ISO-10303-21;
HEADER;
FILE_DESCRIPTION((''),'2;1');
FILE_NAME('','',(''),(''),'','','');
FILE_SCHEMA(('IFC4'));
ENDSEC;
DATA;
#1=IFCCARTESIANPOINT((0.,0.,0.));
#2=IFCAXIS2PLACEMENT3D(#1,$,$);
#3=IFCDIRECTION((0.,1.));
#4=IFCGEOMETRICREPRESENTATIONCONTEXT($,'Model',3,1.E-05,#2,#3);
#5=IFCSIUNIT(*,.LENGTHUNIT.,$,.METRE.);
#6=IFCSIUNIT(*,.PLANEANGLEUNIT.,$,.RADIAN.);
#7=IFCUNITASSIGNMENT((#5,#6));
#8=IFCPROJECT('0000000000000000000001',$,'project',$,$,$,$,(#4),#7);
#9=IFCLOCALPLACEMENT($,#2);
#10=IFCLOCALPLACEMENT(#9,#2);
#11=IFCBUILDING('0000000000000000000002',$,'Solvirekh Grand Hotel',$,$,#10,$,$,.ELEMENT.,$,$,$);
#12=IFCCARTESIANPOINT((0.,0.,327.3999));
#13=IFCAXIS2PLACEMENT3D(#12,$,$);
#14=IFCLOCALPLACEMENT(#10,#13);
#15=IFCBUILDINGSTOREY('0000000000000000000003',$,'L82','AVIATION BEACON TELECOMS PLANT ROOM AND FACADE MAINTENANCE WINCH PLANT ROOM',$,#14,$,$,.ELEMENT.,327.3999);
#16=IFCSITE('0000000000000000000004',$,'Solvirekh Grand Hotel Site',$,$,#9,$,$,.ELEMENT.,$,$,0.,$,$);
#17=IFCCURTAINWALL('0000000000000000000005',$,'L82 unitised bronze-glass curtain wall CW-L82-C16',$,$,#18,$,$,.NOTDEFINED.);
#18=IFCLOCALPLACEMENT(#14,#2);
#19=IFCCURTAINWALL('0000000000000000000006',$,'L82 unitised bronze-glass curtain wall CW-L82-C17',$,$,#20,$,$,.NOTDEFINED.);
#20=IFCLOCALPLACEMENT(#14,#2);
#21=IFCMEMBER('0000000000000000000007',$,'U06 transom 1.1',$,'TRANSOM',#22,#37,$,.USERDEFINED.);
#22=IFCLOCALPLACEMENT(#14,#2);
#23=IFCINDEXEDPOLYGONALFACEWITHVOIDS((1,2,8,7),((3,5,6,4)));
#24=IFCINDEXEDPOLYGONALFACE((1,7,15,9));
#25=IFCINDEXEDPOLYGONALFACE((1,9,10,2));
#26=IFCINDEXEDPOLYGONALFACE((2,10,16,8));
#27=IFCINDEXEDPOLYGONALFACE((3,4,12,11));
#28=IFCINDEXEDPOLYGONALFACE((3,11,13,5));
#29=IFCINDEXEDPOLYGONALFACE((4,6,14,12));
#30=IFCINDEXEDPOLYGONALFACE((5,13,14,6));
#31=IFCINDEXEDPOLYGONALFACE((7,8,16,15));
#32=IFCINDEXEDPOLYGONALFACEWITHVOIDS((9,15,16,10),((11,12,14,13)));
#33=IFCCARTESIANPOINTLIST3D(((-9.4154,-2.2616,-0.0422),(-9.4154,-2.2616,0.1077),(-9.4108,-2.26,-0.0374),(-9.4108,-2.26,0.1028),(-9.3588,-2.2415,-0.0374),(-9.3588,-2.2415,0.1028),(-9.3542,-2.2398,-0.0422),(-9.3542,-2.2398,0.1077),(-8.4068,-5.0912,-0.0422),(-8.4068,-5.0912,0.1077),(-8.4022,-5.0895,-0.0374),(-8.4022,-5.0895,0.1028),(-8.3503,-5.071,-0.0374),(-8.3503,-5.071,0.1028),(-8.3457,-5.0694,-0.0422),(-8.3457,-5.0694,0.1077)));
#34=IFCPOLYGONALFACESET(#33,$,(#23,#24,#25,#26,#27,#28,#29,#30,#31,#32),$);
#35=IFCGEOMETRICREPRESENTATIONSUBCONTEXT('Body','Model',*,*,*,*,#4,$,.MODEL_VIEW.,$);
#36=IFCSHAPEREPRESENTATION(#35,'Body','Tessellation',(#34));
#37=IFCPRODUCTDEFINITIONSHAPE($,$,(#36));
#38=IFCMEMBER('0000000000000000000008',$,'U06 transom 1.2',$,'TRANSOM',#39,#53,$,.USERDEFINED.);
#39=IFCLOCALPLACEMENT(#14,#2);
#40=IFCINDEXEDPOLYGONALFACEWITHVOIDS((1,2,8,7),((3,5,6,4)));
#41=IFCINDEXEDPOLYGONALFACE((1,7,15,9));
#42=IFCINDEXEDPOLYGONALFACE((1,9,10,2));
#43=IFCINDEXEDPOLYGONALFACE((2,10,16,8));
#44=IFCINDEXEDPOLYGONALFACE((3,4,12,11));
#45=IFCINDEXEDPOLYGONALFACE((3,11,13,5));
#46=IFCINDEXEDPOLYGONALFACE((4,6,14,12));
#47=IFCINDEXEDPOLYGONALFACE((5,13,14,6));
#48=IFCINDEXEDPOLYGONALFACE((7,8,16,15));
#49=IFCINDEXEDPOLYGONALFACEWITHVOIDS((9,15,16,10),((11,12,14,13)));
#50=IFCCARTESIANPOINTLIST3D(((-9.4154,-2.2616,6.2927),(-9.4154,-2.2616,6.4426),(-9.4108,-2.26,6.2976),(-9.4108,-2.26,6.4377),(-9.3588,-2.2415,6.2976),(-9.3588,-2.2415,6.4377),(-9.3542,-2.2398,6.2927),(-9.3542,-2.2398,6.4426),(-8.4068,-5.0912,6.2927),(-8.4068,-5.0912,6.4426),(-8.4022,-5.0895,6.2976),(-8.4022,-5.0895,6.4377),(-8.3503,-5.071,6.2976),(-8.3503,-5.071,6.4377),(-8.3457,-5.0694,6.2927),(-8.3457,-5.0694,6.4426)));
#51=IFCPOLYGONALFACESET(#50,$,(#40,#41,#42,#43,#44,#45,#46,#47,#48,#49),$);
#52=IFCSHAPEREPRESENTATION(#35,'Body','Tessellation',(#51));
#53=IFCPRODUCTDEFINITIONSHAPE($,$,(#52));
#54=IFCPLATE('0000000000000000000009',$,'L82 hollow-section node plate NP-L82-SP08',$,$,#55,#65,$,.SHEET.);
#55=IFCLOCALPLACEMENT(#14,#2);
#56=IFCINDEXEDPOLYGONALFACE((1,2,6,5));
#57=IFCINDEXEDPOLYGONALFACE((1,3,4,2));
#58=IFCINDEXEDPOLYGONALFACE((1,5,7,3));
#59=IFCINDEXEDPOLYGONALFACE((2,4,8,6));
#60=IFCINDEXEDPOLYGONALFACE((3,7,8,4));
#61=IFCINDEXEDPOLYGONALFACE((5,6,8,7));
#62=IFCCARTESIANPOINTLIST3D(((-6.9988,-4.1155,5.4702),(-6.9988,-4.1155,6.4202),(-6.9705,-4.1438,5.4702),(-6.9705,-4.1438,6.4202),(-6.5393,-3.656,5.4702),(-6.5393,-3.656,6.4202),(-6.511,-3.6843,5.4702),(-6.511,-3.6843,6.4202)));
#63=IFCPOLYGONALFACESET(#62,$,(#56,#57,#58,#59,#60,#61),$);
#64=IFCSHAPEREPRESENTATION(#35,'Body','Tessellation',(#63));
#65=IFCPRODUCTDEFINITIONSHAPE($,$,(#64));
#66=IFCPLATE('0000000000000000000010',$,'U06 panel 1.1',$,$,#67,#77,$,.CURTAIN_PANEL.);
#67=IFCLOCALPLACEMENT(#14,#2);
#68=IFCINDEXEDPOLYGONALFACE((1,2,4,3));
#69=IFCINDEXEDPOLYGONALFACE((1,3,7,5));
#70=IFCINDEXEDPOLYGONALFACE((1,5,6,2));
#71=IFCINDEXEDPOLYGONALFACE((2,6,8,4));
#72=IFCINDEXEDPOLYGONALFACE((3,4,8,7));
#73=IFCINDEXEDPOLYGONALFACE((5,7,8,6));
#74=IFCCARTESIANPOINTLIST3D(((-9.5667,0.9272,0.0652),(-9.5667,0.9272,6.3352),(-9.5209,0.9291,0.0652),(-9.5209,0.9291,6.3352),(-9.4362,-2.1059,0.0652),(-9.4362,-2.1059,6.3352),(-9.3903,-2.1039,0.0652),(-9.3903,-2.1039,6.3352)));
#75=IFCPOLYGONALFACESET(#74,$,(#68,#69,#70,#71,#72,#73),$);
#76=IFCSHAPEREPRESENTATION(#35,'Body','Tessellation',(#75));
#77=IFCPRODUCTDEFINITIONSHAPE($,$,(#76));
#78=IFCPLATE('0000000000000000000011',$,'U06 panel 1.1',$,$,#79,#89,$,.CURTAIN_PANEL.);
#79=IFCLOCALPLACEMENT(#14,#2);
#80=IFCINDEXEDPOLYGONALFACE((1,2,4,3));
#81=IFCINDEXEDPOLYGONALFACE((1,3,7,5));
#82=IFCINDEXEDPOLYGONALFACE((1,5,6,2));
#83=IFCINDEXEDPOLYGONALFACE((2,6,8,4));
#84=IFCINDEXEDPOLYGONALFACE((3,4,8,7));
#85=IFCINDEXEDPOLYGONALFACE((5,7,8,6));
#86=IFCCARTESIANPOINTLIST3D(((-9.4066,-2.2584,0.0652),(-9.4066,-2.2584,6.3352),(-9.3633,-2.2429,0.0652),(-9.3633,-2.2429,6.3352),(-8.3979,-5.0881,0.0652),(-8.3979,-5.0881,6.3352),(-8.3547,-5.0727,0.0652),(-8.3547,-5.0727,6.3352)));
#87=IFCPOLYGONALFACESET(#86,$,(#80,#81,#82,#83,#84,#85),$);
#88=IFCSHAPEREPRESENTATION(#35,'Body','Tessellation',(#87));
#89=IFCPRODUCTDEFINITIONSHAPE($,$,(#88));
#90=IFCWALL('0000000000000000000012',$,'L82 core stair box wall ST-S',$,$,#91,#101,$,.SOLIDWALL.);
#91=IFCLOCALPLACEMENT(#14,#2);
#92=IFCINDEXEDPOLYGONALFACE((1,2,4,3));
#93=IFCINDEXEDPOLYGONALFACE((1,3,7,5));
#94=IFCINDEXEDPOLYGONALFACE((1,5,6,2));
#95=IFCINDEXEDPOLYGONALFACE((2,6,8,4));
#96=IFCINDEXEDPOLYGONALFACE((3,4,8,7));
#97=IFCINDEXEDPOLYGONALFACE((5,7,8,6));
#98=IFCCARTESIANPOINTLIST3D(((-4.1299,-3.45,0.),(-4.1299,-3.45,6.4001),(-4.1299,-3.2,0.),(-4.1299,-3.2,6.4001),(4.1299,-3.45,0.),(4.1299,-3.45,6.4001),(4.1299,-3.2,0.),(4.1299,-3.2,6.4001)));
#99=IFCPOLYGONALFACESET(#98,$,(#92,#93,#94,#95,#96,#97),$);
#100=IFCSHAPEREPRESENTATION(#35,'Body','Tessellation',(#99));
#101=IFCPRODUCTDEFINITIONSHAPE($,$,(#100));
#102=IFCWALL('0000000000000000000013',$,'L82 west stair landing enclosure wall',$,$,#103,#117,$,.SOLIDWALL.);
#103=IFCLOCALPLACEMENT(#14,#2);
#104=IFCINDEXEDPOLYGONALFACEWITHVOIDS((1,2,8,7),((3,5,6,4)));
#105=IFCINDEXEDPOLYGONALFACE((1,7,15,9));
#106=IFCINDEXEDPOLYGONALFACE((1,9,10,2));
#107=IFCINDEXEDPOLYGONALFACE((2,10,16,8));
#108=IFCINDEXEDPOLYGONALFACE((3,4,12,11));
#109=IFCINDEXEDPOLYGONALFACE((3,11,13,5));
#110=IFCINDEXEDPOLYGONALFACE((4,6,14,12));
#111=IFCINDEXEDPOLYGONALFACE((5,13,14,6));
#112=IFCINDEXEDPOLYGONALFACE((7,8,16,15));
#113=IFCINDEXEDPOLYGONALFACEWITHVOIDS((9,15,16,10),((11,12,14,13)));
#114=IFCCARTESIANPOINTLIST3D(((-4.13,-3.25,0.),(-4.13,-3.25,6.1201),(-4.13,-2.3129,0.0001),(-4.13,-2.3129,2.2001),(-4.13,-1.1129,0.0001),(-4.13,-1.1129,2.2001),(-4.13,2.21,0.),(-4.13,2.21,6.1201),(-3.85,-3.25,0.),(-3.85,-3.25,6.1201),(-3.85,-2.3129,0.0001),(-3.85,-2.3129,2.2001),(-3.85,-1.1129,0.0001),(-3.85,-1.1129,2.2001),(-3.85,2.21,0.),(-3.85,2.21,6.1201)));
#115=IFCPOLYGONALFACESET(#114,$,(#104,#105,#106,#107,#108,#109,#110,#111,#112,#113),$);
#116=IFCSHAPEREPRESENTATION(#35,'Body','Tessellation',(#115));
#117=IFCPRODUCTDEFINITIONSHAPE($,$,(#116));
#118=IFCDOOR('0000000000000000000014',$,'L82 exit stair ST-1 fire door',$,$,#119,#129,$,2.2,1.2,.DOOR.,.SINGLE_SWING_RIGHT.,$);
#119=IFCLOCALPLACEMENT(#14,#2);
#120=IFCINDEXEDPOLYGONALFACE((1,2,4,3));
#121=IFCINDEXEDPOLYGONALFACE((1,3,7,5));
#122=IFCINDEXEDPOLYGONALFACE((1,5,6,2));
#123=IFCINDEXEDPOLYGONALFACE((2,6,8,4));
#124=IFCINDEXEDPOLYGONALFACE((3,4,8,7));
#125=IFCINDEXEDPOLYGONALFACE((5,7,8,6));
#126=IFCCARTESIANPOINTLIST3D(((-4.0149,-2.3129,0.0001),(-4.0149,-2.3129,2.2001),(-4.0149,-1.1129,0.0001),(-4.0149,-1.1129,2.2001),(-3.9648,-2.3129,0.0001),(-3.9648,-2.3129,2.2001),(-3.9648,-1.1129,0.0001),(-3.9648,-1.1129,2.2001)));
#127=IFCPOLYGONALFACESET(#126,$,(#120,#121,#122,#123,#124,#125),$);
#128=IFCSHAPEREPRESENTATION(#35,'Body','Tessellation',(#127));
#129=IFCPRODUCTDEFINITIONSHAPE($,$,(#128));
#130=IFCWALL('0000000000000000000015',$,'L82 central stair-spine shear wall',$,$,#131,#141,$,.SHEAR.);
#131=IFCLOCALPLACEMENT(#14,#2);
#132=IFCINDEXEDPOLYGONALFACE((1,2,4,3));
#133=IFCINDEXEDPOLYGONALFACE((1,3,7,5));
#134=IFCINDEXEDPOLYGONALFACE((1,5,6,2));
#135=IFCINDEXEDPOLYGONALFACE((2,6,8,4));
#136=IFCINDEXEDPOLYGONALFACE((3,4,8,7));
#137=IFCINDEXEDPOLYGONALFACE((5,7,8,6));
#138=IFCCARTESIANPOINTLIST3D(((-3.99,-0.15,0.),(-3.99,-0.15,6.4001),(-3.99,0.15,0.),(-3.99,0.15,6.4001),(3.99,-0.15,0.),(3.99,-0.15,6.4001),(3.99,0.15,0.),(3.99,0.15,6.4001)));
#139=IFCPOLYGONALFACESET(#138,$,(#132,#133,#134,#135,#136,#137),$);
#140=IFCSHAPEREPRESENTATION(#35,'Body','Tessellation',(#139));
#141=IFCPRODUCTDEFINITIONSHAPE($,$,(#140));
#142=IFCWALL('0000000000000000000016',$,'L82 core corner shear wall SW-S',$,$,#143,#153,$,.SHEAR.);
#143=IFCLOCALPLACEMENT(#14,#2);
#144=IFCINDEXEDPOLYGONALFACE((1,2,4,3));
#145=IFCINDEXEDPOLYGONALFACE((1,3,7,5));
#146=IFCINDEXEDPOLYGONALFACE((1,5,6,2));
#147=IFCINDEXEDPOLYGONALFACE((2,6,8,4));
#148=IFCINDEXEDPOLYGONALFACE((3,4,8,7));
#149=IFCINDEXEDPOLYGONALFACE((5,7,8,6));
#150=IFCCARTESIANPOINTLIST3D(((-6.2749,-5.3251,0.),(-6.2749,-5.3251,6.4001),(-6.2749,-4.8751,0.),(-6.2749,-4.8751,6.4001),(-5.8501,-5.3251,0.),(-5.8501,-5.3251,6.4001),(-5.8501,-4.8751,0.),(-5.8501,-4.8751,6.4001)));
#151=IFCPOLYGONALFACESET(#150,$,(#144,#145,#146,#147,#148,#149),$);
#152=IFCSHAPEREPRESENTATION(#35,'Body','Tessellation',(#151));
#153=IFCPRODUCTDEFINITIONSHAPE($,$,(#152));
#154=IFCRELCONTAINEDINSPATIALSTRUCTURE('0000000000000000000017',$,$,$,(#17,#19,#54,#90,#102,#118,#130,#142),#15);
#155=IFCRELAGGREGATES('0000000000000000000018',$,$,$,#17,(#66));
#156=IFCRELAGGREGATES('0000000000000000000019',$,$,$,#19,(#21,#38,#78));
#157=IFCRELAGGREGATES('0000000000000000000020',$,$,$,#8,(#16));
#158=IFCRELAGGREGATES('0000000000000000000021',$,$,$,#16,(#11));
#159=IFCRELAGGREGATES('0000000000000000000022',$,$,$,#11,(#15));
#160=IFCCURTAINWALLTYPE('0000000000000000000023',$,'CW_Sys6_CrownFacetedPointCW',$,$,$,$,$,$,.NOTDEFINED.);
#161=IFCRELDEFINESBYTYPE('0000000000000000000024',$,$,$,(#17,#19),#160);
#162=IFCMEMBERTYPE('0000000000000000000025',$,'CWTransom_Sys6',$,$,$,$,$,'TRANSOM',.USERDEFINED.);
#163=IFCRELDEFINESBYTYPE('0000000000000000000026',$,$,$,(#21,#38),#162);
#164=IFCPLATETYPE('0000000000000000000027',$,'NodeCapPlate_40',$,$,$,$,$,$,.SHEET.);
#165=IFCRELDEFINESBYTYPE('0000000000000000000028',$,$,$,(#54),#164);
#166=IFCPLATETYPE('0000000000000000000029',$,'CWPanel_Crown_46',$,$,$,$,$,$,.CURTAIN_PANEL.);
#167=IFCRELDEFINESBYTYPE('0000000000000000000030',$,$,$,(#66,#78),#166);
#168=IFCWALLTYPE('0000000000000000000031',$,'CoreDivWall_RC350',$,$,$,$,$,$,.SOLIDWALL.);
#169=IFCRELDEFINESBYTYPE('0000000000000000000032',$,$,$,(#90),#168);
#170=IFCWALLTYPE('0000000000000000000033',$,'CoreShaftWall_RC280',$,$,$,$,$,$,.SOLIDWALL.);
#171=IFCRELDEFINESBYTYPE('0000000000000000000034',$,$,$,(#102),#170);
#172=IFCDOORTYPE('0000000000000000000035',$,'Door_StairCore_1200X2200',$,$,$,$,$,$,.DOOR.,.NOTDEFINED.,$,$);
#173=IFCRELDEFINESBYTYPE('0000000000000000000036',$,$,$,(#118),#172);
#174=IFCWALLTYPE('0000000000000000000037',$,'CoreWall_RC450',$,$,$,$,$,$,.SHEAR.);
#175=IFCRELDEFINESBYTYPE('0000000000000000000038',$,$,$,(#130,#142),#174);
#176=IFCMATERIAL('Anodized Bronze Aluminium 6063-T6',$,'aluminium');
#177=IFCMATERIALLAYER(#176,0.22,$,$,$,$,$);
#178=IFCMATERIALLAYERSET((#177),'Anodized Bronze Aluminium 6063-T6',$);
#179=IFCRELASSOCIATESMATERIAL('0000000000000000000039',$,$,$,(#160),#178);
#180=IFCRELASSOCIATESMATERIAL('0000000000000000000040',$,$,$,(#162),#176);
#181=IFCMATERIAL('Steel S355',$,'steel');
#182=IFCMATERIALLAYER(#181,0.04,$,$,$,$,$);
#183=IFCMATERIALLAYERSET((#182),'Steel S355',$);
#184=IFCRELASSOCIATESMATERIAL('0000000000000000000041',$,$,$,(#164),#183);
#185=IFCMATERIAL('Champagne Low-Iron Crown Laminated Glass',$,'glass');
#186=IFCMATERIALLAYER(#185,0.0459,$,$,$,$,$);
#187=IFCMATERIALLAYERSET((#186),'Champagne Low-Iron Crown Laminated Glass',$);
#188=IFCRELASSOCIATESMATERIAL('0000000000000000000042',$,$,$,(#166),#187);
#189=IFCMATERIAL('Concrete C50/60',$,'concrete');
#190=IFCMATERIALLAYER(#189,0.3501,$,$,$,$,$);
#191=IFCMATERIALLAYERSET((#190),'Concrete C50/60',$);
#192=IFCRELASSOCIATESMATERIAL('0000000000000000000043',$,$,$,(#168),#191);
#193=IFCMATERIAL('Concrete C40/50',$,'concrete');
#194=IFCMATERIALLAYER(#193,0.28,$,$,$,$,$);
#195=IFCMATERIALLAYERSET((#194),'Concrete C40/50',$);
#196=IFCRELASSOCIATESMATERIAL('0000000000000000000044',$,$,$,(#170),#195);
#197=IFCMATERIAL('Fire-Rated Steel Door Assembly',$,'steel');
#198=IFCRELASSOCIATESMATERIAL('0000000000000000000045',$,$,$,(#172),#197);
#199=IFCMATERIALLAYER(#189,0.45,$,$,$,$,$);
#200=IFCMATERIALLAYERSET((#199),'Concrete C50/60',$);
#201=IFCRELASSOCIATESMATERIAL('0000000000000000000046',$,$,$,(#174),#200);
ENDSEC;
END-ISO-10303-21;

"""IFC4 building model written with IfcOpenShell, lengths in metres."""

from ifc_helpers import new_model, si_unit, direction, frame, frame_2d, origin, origin_2d, place, context, subcontext, project, spatial, rectangle, hollow_rectangle, extrude, source, transform, mapped, material, layer, layer_set, material_profile, profile_set, type_object, element, fill, aggregate, save


model = new_model("IFC4")

# Units and contexts
model_context = context("Model", 3, precision=1e-05, world=origin(), true_north=direction((0.0, 1.0)))
body_context = subcontext(model_context, "Body", "Model", "MODEL_VIEW")
ifc_project = project(units=[si_unit("LENGTHUNIT", "METRE"), si_unit("PLANEANGLEUNIT", "RADIAN")], contexts=[model_context])

# Site, building, storey
site_placement = place(None, origin())
site = spatial("IfcSite", under=ifc_project, at=site_placement, Name="Solvirekh Grand Hotel Site", CompositionType="ELEMENT", RefElevation=0.0)
building_placement = place(site_placement, origin())
building = spatial("IfcBuilding", under=site, at=building_placement, Name="Solvirekh Grand Hotel", CompositionType="ELEMENT")
storey_placement = place(building_placement, frame((0.0, 0.0, 327.3999)))
storey = spatial("IfcBuildingStorey", under=building, at=storey_placement, Name="L82", Description="AVIATION BEACON TELECOMS PLANT ROOM AND FACADE MAINTENANCE WINCH PLANT ROOM", CompositionType="ELEMENT", Elevation=327.3999)

# Shared definitions
ifc_material_1 = material(Name="Steel S355", Category="steel")

# Curtain wall
ifc_material_2 = material(Name="Anodized Bronze Aluminium 6063-T6", Category="aluminium")
ifc_layer_1 = layer(ifc_material_2, 0.22)
ifc_layer_set_1 = layer_set([ifc_layer_1], Name="Anodized Bronze Aluminium 6063-T6")
curtain_wall_type = type_object("IfcCurtainWallType", Name="CW_Sys6_CrownFacetedPointCW", PredefinedType="NOTDEFINED", material=ifc_layer_set_1)
curtain_wall_1_placement = place(storey_placement, origin())
curtain_wall_1 = element("IfcCurtainWall", 1, at=curtain_wall_1_placement, inside=storey, type_object=curtain_wall_type, Name="L82 unitised bronze-glass curtain wall CW-L82-C16", PredefinedType="NOTDEFINED")

# Curtain wall, members
curtain_wall_2_placement = place(storey_placement, origin())
curtain_wall_2 = element("IfcCurtainWall", 2, at=curtain_wall_2_placement, inside=storey, type_object=curtain_wall_type, Name="L82 unitised bronze-glass curtain wall CW-L82-C17", PredefinedType="NOTDEFINED")
ifc_material_profile_1 = material_profile(ifc_material_2, hollow_rectangle(XDim=0.0649, YDim=0.1499, WallThickness=0.0049, at=origin_2d()), Name="ALU RHS 150X65X5")
ifc_profile_set_1 = profile_set([ifc_material_profile_1], Name="Anodized Bronze Aluminium 6063-T6")
member_type_1 = type_object("IfcMemberType", Name="CWTransom_Sys6", ElementType="TRANSOM", PredefinedType="USERDEFINED", material=ifc_profile_set_1)
shared_shape_1 = source(origin(), body_context, "Body", "SweptSolid", [
    extrude(hollow_rectangle(XDim=0.0649, YDim=0.1499, WallThickness=0.0049, at=origin_2d()), origin(), (0.0, 0.0, 1.0), 3.0039),
])
member_1_placement = place(storey_placement, frame((-9.3848, -2.2507, 0.0327), z_axis=(0.335739, -0.941955, 0.0), x_axis=(0.941955, 0.335739, 0.0)))
member_1 = element("IfcMember", 3, at=member_1_placement, type_object=member_type_1, Name="U06 transom 1.1", ObjectType="TRANSOM", PredefinedType="USERDEFINED", context=body_context, shape_type="MappedRepresentation", body=[
    mapped(shared_shape_1, transform((0.0, 0.0, 0.0), x_axis=(1.0, 0.0, 0.0), y_axis=(0.0, 1.0, 0.0), z_axis=(0.0, 0.0, 1.0), scale=1.0)),
])
member_2_placement = place(storey_placement, frame((-9.3848, -2.2507, 6.3677), z_axis=(0.335739, -0.941955, 0.0), x_axis=(0.941955, 0.335739, 0.0)))
member_2 = element("IfcMember", 4, at=member_2_placement, type_object=member_type_1, Name="U06 transom 1.2", ObjectType="TRANSOM", PredefinedType="USERDEFINED", context=body_context, shape_type="MappedRepresentation", body=[
    mapped(shared_shape_1, transform((0.0, 0.0, 0.0), x_axis=(1.0, 0.0, 0.0), y_axis=(0.0, 1.0, 0.0), z_axis=(0.0, 0.0, 1.0), scale=1.0)),
])

# Plates
ifc_layer_2 = layer(ifc_material_1, 0.04)
ifc_layer_set_2 = layer_set([ifc_layer_2], Name="Steel S355")
plate_type_1 = type_object("IfcPlateType", Name="NodeCapPlate_40", PredefinedType="SHEET", material=ifc_layer_set_2)
plate_1_placement = place(storey_placement, frame((-6.7549, -3.8999, 5.4702), z_axis=(0.0, 0.0, 1.0), x_axis=(0.707107, -0.707107, 0.0)))
element("IfcPlate", 5, at=plate_1_placement, inside=storey, type_object=plate_type_1, Name="L82 hollow-section node plate NP-L82-SP08", PredefinedType="SHEET", context=body_context, shape_type="SweptSolid", body=[
    extrude(rectangle(XDim=0.04, YDim=0.6499, at=origin_2d()), origin(), (0.0, 0.0, 1.0), 0.95),
])
ifc_material_3 = material(Name="Champagne Low-Iron Crown Laminated Glass", Category="glass")
ifc_layer_3 = layer(ifc_material_3, 0.0459)
ifc_layer_set_3 = layer_set([ifc_layer_3], Name="Champagne Low-Iron Crown Laminated Glass")
plate_type_2 = type_object("IfcPlateType", Name="CWPanel_Crown_46", PredefinedType="CURTAIN_PANEL", material=ifc_layer_set_3)
shared_shape_2 = source(origin(), body_context, "Body", "SweptSolid", [
    extrude(rectangle(XDim=3.0359, YDim=0.0459, at=origin_2d()), origin(), (0.0, 0.0, 1.0), 6.27),
])
plate_2_placement = place(storey_placement, frame((-9.4785, -0.5884, 0.0652), z_axis=(0.0, 0.0, 1.0), x_axis=(0.043001, -0.999075, 0.0)))
plate_2 = element("IfcPlate", 6, at=plate_2_placement, type_object=plate_type_2, Name="U06 panel 1.1", PredefinedType="CURTAIN_PANEL", context=body_context, shape_type="MappedRepresentation", body=[
    mapped(shared_shape_2, transform((0.0, 0.0, 0.0), x_axis=(1.0, 0.0, 0.0), y_axis=(0.0, 1.0, 0.0), z_axis=(0.0, 0.0, 1.0), scale=1.0)),
])
aggregate(curtain_wall_1, [plate_2])
shared_shape_3 = source(origin(), body_context, "Body", "SweptSolid", [
    extrude(rectangle(XDim=3.0042, YDim=0.0459, at=origin_2d()), origin(), (0.0, 0.0, 1.0), 6.27),
])
plate_3_placement = place(storey_placement, frame((-8.8806, -3.6655, 0.0652), z_axis=(0.0, 0.0, 1.0), x_axis=(0.335754, -0.94195, 0.0)))
plate_3 = element("IfcPlate", 7, at=plate_3_placement, type_object=plate_type_2, Name="U06 panel 1.1", PredefinedType="CURTAIN_PANEL", context=body_context, shape_type="MappedRepresentation", body=[
    mapped(shared_shape_3, transform((0.0, 0.0, 0.0), x_axis=(1.0, 0.0, 0.0), y_axis=(0.0, 1.0, 0.0), z_axis=(0.0, 0.0, 1.0), scale=1.0)),
])
aggregate(curtain_wall_2, [member_1, member_2, plate_3])

# Wall
ifc_material_4 = material(Name="Concrete C50/60", Category="concrete")
ifc_layer_4 = layer(ifc_material_4, 0.3501)
ifc_layer_set_4 = layer_set([ifc_layer_4], Name="Concrete C50/60")
wall_type_1 = type_object("IfcWallType", Name="CoreDivWall_RC350", PredefinedType="SOLIDWALL", material=ifc_layer_set_4)
wall_1_placement = place(storey_placement, frame((-4.1299, -3.325, 0.0), z_axis=(0.0, 0.0, 1.0), x_axis=(1.0, 0.0, 0.0)))
element("IfcWall", 8, at=wall_1_placement, inside=storey, type_object=wall_type_1, Name="L82 core stair box wall ST-S", PredefinedType="SOLIDWALL", context=body_context, shape_type="SweptSolid", body=[
    extrude(rectangle(XDim=8.2598, YDim=0.25, at=frame_2d((4.1299, 0.0))), origin(), (0.0, 0.0, 1.0), 6.4001),
])

# Wall, opening, door
ifc_material_5 = material(Name="Concrete C40/50", Category="concrete")
ifc_layer_5 = layer(ifc_material_5, 0.28)
ifc_layer_set_5 = layer_set([ifc_layer_5], Name="Concrete C40/50")
wall_type_2 = type_object("IfcWallType", Name="CoreShaftWall_RC280", PredefinedType="SOLIDWALL", material=ifc_layer_set_5)
wall_2_placement = place(storey_placement, frame((-3.99, -3.25, 0.0), z_axis=(0.0, 0.0, 1.0), x_axis=(0.0, 1.0, 0.0)))
wall_2 = element("IfcWall", 9, at=wall_2_placement, inside=storey, type_object=wall_type_2, Name="L82 west stair landing enclosure wall", PredefinedType="SOLIDWALL", context=body_context, shape_type="SweptSolid", body=[
    extrude(rectangle(XDim=5.46, YDim=0.28, at=frame_2d((2.73, 0.0))), origin(), (0.0, 0.0, 1.0), 6.1201),
])
opening_1_placement = place(wall_2_placement, frame((0.937, 0.0, 0.0)))
opening_1 = element("IfcOpeningElement", 10, at=opening_1_placement, cuts=wall_2, PredefinedType="OPENING", context=body_context, shape_type="SweptSolid", body=[
    extrude(rectangle(XDim=1.2, YDim=2.2, at=frame_2d((0.6001, 1.1001))), frame((0.0, 0.1499, 0.0), z_axis=(0.0, -1.0, 0.0), x_axis=(1.0, 0.0, 0.0)), (0.0, 0.0, 1.0), 0.3),
])
ifc_material_6 = material(Name="Fire-Rated Steel Door Assembly", Category="steel")
door_type_1 = type_object("IfcDoorType", Name="Door_StairCore_1200X2200", OperationType="NOTDEFINED", PredefinedType="DOOR", material=ifc_material_6)
door_1_placement = place(opening_1_placement, origin())
door_1 = element("IfcDoor", 11, at=door_1_placement, inside=storey, type_object=door_type_1, Name="L82 exit stair ST-1 fire door", OperationType="SINGLE_SWING_RIGHT", OverallHeight=2.2, OverallWidth=1.2, PredefinedType="DOOR", context=body_context, shape_type="SweptSolid", body=[
    extrude(rectangle(XDim=1.2, YDim=2.2, at=frame_2d((0.6001, 1.1001))), frame((0.0, 0.0249, 0.0), z_axis=(0.0, -1.0, 0.0), x_axis=(1.0, 0.0, 0.0)), (0.0, 0.0, 1.0), 0.05),
])
fill(opening_1, door_1)

# Walls
ifc_layer_6 = layer(ifc_material_4, 0.45)
ifc_layer_set_6 = layer_set([ifc_layer_6], Name="Concrete C50/60")
wall_type_3 = type_object("IfcWallType", Name="CoreWall_RC450", PredefinedType="SHEAR", material=ifc_layer_set_6)
wall_3_placement = place(storey_placement, frame((-3.99, 0.0, 0.0), z_axis=(0.0, 0.0, 1.0), x_axis=(1.0, 0.0, 0.0)))
element("IfcWall", 12, at=wall_3_placement, inside=storey, type_object=wall_type_3, Name="L82 central stair-spine shear wall", PredefinedType="SHEAR", context=body_context, shape_type="SweptSolid", body=[
    extrude(rectangle(XDim=7.98, YDim=0.3, at=frame_2d((3.99, 0.0))), origin(), (0.0, 0.0, 1.0), 6.4001),
])
wall_4_placement = place(storey_placement, frame((-6.2749, -5.1001, 0.0), z_axis=(0.0, 0.0, 1.0), x_axis=(1.0, 0.0, 0.0)))
element("IfcWall", 13, at=wall_4_placement, inside=storey, type_object=wall_type_3, Name="L82 core corner shear wall SW-S", PredefinedType="SHEAR", context=body_context, shape_type="SweptSolid", body=[
    extrude(rectangle(XDim=0.4248, YDim=0.45, at=frame_2d((0.2124, 0.0))), origin(), (0.0, 0.0, 1.0), 6.4001),
])

save(model, "model.ifc")
